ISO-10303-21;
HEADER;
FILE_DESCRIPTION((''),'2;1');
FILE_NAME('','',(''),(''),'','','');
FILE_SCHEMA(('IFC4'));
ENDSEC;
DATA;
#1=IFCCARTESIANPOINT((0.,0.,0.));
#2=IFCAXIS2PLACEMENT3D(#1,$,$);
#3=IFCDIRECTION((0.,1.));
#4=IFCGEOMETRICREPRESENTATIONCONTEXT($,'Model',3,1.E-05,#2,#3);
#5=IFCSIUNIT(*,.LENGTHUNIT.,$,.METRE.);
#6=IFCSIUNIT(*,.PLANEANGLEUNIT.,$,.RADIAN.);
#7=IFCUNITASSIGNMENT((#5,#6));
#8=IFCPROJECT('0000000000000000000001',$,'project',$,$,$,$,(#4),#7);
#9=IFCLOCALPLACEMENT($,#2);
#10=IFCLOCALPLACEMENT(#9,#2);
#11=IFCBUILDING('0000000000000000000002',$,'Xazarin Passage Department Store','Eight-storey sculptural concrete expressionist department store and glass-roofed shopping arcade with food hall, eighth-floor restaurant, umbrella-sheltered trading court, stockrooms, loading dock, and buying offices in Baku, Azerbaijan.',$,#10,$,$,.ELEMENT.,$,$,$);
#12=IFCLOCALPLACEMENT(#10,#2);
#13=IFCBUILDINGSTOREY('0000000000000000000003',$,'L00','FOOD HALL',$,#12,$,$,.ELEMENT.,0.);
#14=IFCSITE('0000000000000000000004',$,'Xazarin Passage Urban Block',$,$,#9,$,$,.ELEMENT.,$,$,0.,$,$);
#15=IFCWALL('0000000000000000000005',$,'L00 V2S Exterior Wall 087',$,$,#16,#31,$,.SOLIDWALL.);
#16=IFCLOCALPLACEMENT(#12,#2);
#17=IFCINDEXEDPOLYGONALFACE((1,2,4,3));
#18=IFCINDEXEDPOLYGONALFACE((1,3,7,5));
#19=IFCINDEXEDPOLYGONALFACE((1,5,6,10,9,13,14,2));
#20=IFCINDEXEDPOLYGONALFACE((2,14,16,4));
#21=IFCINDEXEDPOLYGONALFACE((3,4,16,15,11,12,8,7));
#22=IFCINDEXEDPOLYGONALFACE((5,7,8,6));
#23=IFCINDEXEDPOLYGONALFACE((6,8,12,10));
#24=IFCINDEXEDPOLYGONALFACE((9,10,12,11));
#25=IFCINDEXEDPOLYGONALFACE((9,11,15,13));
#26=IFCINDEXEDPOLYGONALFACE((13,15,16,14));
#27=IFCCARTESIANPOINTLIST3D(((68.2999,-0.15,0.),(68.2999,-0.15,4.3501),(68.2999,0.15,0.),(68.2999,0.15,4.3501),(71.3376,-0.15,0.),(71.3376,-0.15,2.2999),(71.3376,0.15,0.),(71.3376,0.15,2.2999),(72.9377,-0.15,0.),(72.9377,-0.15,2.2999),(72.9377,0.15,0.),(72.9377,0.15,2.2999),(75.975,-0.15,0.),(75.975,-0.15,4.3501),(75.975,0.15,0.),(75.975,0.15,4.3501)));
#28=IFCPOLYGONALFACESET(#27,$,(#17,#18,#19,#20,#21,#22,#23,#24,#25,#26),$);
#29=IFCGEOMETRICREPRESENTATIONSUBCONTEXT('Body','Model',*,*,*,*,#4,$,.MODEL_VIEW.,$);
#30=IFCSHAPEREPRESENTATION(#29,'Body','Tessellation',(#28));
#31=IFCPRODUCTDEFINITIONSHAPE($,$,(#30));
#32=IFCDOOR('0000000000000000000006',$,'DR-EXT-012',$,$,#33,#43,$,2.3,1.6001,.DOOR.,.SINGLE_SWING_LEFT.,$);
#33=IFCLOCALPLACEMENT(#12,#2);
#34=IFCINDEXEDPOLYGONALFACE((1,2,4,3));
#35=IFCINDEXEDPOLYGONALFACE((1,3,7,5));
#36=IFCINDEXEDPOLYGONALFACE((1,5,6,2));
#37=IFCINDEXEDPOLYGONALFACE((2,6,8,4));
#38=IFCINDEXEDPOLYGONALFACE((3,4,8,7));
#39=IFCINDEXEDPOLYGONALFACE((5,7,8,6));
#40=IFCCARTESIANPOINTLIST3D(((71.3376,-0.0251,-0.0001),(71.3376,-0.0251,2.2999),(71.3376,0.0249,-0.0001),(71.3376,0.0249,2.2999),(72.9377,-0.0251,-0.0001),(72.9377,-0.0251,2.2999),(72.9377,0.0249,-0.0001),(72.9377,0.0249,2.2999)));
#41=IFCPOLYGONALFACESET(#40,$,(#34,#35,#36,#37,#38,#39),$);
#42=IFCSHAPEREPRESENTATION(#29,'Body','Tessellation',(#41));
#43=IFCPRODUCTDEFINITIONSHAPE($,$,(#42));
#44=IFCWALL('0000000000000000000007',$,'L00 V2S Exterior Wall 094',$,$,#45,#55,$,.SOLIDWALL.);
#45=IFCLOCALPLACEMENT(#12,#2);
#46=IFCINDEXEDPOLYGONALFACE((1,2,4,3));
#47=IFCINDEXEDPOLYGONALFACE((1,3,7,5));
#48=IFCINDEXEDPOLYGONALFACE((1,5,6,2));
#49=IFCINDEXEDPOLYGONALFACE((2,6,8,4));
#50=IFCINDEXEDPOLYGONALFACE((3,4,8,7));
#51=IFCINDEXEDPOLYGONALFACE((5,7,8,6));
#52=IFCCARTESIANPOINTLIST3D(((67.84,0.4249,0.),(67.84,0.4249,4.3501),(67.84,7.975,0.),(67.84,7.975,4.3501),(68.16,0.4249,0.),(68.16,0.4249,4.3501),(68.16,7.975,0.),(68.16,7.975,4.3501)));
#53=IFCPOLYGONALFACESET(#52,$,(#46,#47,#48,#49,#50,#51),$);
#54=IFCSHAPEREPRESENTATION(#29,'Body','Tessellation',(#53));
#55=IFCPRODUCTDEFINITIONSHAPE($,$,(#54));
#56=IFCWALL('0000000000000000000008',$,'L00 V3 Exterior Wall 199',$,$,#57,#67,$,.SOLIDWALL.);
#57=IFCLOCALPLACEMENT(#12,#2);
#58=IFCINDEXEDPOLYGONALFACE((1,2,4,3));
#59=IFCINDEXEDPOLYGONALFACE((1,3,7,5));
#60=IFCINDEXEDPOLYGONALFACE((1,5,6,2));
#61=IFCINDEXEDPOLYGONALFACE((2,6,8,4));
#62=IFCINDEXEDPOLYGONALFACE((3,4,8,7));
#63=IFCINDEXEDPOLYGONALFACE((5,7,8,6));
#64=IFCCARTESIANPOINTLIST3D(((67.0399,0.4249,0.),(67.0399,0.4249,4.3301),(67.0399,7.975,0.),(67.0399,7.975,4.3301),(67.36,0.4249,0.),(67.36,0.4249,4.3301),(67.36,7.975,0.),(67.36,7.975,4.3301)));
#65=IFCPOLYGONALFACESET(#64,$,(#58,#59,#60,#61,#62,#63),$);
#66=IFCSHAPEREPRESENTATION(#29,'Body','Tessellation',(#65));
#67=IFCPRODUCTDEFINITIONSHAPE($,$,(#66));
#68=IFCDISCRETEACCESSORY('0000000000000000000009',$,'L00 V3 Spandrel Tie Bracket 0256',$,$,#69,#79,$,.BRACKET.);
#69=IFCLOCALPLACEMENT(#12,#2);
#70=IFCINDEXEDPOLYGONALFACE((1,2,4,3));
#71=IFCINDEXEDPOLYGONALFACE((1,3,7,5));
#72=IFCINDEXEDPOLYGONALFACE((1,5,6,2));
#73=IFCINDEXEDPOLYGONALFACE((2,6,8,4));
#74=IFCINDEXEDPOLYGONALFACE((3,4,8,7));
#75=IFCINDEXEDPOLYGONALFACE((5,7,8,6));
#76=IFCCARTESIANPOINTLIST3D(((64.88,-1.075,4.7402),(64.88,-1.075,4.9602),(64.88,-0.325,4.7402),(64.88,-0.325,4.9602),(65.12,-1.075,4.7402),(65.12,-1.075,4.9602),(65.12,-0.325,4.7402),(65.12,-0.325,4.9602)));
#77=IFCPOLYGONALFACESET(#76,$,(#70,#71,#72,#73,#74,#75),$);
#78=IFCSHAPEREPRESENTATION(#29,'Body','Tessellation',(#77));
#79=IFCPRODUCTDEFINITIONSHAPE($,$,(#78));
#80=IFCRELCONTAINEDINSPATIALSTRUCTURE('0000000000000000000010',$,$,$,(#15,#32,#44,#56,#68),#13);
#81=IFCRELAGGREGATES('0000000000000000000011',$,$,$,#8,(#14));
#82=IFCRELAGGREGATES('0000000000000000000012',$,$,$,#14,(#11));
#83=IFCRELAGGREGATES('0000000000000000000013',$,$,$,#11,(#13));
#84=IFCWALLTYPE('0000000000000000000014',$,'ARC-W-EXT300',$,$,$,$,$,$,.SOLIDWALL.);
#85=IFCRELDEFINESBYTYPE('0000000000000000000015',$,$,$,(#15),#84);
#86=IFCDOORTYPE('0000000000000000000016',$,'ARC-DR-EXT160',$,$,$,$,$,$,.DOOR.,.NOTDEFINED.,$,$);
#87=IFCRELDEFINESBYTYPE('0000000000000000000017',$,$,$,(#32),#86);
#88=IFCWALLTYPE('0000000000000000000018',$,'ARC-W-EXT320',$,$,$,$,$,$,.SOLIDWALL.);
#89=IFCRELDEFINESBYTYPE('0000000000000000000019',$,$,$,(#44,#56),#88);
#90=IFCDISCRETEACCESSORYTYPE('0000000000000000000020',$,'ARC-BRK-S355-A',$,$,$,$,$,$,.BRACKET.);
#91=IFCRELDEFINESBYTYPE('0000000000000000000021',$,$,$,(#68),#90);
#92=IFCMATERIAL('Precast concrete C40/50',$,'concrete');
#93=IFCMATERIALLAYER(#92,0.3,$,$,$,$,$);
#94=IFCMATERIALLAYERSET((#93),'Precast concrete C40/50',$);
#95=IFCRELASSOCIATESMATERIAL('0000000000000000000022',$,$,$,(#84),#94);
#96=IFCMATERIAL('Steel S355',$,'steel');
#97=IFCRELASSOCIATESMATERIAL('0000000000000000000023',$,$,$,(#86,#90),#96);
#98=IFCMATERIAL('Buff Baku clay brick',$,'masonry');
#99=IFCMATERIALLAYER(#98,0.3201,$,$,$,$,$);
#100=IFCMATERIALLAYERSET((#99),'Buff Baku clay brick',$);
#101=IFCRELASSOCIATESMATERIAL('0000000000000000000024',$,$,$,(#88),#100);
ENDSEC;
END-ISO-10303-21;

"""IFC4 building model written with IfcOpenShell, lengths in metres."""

from ifc_helpers import new_model, si_unit, direction, frame, frame_2d, origin, origin_2d, place, context, subcontext, project, spatial, rectangle, extrude, material, layer, layer_set, type_object, element, fill, save


model = new_model("IFC4")

# Units and contexts
model_context = context("Model", 3, precision=1e-05, world=origin(), true_north=direction((0.0, 1.0)))
body_context = subcontext(model_context, "Body", "Model", "MODEL_VIEW")
ifc_project = project(units=[si_unit("LENGTHUNIT", "METRE"), si_unit("PLANEANGLEUNIT", "RADIAN")], contexts=[model_context])

# Site, building, storey
site_placement = place(None, origin())
site = spatial("IfcSite", under=ifc_project, at=site_placement, Name="Xazarin Passage Urban Block", CompositionType="ELEMENT", RefElevation=0.0)
building_placement = place(site_placement, origin())
building = spatial("IfcBuilding", under=site, at=building_placement, Name="Xazarin Passage Department Store", Description="Eight-storey sculptural concrete expressionist department store and glass-roofed shopping arcade with food hall, eighth-floor restaurant, umbrella-sheltered trading court, stockrooms, loading dock, and buying offices in Baku, Azerbaijan.", CompositionType="ELEMENT")
storey_placement = place(building_placement, origin())
storey = spatial("IfcBuildingStorey", under=building, at=storey_placement, Name="L00", Description="FOOD HALL", CompositionType="ELEMENT", Elevation=0.0)

# Shared definitions
ifc_material_1 = material(Name="Steel S355", Category="steel")

# Shared definitions
ifc_material_2 = material(Name="Precast concrete C40/50", Category="concrete")

# Wall, opening, door
ifc_layer_1 = layer(ifc_material_2, 0.3)
ifc_layer_set_1 = layer_set([ifc_layer_1], Name="Precast concrete C40/50")
wall_type_1 = type_object("IfcWallType", Name="ARC-W-EXT300", PredefinedType="SOLIDWALL", material=ifc_layer_set_1)
wall_1_placement = place(storey_placement, frame((68.3, 0.0, 0.0), z_axis=(0.0, 0.0, 1.0), x_axis=(1.0, 0.0, 0.0)))
wall_1 = element("IfcWall", 1, at=wall_1_placement, inside=storey, type_object=wall_type_1, Name="L00 V2S Exterior Wall 087", PredefinedType="SOLIDWALL", context=body_context, shape_type="SweptSolid", body=[
    extrude(rectangle(XDim=7.675, YDim=0.3, at=frame_2d((3.8374, 0.0))), origin(), (0.0, 0.0, 1.0), 4.3501),
])
opening_1_placement = place(wall_1_placement, frame((3.0376, 0.0, 0.0)))
opening_1 = element("IfcOpeningElement", 2, at=opening_1_placement, cuts=wall_1, PredefinedType="OPENING", context=body_context, shape_type="SweptSolid", body=[
    extrude(rectangle(XDim=1.6001, YDim=2.3, at=frame_2d((0.8, 1.1499))), frame((0.0, 0.1599, 0.0), z_axis=(0.0, -1.0, 0.0), x_axis=(1.0, 0.0, 0.0)), (0.0, 0.0, 1.0), 0.3201),
])
door_type_1 = type_object("IfcDoorType", Name="ARC-DR-EXT160", OperationType="NOTDEFINED", PredefinedType="DOOR", material=ifc_material_1)
door_1_placement = place(opening_1_placement, origin())
door_1 = element("IfcDoor", 3, at=door_1_placement, inside=storey, type_object=door_type_1, Name="DR-EXT-012", OperationType="SINGLE_SWING_LEFT", OverallHeight=2.3, OverallWidth=1.6001, PredefinedType="DOOR", context=body_context, shape_type="SweptSolid", body=[
    extrude(rectangle(XDim=1.6001, YDim=2.3, at=frame_2d((0.8, 1.1499))), frame((0.0, 0.0249, 0.0), z_axis=(0.0, -1.0, 0.0), x_axis=(1.0, 0.0, 0.0)), (0.0, 0.0, 1.0), 0.05),
])
fill(opening_1, door_1)

# Walls
ifc_material_3 = material(Name="Buff Baku clay brick", Category="masonry")
ifc_layer_2 = layer(ifc_material_3, 0.3201)
ifc_layer_set_2 = layer_set([ifc_layer_2], Name="Buff Baku clay brick")
wall_type_2 = type_object("IfcWallType", Name="ARC-W-EXT320", PredefinedType="SOLIDWALL", material=ifc_layer_set_2)
wall_2_placement = place(storey_placement, frame((68.0, 0.425, 0.0), z_axis=(0.0, 0.0, 1.0), x_axis=(0.0, 1.0, 0.0)))
element("IfcWall", 4, at=wall_2_placement, inside=storey, type_object=wall_type_2, Name="L00 V2S Exterior Wall 094", PredefinedType="SOLIDWALL", context=body_context, shape_type="SweptSolid", body=[
    extrude(rectangle(XDim=7.55, YDim=0.3201, at=frame_2d((3.7749, 0.0))), origin(), (0.0, 0.0, 1.0), 4.3501),
])
wall_3_placement = place(storey_placement, frame((67.2, 0.425, 0.0), z_axis=(0.0, 0.0, 1.0), x_axis=(0.0, 1.0, 0.0)))
element("IfcWall", 5, at=wall_3_placement, inside=storey, type_object=wall_type_2, Name="L00 V3 Exterior Wall 199", PredefinedType="SOLIDWALL", context=body_context, shape_type="SweptSolid", body=[
    extrude(rectangle(XDim=7.55, YDim=0.3201, at=frame_2d((3.7749, 0.0))), origin(), (0.0, 0.0, 1.0), 4.3301),
])

# Discrete accessory
discrete_accessory_type = type_object("IfcDiscreteAccessoryType", Name="ARC-BRK-S355-A", PredefinedType="BRACKET", material=ifc_material_1)
discrete_accessory_placement = place(storey_placement, frame((65.0, -0.7, 4.7402), z_axis=(0.0, 0.0, 1.0), x_axis=(1.0, 0.0, 0.0)))
element("IfcDiscreteAccessory", 6, at=discrete_accessory_placement, inside=storey, type_object=discrete_accessory_type, Name="L00 V3 Spandrel Tie Bracket 0256", PredefinedType="BRACKET", context=body_context, shape_type="SweptSolid", body=[
    extrude(rectangle(XDim=0.24, YDim=0.75, at=origin_2d()), origin(), (0.0, 0.0, 1.0), 0.22),
])

save(model, "model.ifc")
